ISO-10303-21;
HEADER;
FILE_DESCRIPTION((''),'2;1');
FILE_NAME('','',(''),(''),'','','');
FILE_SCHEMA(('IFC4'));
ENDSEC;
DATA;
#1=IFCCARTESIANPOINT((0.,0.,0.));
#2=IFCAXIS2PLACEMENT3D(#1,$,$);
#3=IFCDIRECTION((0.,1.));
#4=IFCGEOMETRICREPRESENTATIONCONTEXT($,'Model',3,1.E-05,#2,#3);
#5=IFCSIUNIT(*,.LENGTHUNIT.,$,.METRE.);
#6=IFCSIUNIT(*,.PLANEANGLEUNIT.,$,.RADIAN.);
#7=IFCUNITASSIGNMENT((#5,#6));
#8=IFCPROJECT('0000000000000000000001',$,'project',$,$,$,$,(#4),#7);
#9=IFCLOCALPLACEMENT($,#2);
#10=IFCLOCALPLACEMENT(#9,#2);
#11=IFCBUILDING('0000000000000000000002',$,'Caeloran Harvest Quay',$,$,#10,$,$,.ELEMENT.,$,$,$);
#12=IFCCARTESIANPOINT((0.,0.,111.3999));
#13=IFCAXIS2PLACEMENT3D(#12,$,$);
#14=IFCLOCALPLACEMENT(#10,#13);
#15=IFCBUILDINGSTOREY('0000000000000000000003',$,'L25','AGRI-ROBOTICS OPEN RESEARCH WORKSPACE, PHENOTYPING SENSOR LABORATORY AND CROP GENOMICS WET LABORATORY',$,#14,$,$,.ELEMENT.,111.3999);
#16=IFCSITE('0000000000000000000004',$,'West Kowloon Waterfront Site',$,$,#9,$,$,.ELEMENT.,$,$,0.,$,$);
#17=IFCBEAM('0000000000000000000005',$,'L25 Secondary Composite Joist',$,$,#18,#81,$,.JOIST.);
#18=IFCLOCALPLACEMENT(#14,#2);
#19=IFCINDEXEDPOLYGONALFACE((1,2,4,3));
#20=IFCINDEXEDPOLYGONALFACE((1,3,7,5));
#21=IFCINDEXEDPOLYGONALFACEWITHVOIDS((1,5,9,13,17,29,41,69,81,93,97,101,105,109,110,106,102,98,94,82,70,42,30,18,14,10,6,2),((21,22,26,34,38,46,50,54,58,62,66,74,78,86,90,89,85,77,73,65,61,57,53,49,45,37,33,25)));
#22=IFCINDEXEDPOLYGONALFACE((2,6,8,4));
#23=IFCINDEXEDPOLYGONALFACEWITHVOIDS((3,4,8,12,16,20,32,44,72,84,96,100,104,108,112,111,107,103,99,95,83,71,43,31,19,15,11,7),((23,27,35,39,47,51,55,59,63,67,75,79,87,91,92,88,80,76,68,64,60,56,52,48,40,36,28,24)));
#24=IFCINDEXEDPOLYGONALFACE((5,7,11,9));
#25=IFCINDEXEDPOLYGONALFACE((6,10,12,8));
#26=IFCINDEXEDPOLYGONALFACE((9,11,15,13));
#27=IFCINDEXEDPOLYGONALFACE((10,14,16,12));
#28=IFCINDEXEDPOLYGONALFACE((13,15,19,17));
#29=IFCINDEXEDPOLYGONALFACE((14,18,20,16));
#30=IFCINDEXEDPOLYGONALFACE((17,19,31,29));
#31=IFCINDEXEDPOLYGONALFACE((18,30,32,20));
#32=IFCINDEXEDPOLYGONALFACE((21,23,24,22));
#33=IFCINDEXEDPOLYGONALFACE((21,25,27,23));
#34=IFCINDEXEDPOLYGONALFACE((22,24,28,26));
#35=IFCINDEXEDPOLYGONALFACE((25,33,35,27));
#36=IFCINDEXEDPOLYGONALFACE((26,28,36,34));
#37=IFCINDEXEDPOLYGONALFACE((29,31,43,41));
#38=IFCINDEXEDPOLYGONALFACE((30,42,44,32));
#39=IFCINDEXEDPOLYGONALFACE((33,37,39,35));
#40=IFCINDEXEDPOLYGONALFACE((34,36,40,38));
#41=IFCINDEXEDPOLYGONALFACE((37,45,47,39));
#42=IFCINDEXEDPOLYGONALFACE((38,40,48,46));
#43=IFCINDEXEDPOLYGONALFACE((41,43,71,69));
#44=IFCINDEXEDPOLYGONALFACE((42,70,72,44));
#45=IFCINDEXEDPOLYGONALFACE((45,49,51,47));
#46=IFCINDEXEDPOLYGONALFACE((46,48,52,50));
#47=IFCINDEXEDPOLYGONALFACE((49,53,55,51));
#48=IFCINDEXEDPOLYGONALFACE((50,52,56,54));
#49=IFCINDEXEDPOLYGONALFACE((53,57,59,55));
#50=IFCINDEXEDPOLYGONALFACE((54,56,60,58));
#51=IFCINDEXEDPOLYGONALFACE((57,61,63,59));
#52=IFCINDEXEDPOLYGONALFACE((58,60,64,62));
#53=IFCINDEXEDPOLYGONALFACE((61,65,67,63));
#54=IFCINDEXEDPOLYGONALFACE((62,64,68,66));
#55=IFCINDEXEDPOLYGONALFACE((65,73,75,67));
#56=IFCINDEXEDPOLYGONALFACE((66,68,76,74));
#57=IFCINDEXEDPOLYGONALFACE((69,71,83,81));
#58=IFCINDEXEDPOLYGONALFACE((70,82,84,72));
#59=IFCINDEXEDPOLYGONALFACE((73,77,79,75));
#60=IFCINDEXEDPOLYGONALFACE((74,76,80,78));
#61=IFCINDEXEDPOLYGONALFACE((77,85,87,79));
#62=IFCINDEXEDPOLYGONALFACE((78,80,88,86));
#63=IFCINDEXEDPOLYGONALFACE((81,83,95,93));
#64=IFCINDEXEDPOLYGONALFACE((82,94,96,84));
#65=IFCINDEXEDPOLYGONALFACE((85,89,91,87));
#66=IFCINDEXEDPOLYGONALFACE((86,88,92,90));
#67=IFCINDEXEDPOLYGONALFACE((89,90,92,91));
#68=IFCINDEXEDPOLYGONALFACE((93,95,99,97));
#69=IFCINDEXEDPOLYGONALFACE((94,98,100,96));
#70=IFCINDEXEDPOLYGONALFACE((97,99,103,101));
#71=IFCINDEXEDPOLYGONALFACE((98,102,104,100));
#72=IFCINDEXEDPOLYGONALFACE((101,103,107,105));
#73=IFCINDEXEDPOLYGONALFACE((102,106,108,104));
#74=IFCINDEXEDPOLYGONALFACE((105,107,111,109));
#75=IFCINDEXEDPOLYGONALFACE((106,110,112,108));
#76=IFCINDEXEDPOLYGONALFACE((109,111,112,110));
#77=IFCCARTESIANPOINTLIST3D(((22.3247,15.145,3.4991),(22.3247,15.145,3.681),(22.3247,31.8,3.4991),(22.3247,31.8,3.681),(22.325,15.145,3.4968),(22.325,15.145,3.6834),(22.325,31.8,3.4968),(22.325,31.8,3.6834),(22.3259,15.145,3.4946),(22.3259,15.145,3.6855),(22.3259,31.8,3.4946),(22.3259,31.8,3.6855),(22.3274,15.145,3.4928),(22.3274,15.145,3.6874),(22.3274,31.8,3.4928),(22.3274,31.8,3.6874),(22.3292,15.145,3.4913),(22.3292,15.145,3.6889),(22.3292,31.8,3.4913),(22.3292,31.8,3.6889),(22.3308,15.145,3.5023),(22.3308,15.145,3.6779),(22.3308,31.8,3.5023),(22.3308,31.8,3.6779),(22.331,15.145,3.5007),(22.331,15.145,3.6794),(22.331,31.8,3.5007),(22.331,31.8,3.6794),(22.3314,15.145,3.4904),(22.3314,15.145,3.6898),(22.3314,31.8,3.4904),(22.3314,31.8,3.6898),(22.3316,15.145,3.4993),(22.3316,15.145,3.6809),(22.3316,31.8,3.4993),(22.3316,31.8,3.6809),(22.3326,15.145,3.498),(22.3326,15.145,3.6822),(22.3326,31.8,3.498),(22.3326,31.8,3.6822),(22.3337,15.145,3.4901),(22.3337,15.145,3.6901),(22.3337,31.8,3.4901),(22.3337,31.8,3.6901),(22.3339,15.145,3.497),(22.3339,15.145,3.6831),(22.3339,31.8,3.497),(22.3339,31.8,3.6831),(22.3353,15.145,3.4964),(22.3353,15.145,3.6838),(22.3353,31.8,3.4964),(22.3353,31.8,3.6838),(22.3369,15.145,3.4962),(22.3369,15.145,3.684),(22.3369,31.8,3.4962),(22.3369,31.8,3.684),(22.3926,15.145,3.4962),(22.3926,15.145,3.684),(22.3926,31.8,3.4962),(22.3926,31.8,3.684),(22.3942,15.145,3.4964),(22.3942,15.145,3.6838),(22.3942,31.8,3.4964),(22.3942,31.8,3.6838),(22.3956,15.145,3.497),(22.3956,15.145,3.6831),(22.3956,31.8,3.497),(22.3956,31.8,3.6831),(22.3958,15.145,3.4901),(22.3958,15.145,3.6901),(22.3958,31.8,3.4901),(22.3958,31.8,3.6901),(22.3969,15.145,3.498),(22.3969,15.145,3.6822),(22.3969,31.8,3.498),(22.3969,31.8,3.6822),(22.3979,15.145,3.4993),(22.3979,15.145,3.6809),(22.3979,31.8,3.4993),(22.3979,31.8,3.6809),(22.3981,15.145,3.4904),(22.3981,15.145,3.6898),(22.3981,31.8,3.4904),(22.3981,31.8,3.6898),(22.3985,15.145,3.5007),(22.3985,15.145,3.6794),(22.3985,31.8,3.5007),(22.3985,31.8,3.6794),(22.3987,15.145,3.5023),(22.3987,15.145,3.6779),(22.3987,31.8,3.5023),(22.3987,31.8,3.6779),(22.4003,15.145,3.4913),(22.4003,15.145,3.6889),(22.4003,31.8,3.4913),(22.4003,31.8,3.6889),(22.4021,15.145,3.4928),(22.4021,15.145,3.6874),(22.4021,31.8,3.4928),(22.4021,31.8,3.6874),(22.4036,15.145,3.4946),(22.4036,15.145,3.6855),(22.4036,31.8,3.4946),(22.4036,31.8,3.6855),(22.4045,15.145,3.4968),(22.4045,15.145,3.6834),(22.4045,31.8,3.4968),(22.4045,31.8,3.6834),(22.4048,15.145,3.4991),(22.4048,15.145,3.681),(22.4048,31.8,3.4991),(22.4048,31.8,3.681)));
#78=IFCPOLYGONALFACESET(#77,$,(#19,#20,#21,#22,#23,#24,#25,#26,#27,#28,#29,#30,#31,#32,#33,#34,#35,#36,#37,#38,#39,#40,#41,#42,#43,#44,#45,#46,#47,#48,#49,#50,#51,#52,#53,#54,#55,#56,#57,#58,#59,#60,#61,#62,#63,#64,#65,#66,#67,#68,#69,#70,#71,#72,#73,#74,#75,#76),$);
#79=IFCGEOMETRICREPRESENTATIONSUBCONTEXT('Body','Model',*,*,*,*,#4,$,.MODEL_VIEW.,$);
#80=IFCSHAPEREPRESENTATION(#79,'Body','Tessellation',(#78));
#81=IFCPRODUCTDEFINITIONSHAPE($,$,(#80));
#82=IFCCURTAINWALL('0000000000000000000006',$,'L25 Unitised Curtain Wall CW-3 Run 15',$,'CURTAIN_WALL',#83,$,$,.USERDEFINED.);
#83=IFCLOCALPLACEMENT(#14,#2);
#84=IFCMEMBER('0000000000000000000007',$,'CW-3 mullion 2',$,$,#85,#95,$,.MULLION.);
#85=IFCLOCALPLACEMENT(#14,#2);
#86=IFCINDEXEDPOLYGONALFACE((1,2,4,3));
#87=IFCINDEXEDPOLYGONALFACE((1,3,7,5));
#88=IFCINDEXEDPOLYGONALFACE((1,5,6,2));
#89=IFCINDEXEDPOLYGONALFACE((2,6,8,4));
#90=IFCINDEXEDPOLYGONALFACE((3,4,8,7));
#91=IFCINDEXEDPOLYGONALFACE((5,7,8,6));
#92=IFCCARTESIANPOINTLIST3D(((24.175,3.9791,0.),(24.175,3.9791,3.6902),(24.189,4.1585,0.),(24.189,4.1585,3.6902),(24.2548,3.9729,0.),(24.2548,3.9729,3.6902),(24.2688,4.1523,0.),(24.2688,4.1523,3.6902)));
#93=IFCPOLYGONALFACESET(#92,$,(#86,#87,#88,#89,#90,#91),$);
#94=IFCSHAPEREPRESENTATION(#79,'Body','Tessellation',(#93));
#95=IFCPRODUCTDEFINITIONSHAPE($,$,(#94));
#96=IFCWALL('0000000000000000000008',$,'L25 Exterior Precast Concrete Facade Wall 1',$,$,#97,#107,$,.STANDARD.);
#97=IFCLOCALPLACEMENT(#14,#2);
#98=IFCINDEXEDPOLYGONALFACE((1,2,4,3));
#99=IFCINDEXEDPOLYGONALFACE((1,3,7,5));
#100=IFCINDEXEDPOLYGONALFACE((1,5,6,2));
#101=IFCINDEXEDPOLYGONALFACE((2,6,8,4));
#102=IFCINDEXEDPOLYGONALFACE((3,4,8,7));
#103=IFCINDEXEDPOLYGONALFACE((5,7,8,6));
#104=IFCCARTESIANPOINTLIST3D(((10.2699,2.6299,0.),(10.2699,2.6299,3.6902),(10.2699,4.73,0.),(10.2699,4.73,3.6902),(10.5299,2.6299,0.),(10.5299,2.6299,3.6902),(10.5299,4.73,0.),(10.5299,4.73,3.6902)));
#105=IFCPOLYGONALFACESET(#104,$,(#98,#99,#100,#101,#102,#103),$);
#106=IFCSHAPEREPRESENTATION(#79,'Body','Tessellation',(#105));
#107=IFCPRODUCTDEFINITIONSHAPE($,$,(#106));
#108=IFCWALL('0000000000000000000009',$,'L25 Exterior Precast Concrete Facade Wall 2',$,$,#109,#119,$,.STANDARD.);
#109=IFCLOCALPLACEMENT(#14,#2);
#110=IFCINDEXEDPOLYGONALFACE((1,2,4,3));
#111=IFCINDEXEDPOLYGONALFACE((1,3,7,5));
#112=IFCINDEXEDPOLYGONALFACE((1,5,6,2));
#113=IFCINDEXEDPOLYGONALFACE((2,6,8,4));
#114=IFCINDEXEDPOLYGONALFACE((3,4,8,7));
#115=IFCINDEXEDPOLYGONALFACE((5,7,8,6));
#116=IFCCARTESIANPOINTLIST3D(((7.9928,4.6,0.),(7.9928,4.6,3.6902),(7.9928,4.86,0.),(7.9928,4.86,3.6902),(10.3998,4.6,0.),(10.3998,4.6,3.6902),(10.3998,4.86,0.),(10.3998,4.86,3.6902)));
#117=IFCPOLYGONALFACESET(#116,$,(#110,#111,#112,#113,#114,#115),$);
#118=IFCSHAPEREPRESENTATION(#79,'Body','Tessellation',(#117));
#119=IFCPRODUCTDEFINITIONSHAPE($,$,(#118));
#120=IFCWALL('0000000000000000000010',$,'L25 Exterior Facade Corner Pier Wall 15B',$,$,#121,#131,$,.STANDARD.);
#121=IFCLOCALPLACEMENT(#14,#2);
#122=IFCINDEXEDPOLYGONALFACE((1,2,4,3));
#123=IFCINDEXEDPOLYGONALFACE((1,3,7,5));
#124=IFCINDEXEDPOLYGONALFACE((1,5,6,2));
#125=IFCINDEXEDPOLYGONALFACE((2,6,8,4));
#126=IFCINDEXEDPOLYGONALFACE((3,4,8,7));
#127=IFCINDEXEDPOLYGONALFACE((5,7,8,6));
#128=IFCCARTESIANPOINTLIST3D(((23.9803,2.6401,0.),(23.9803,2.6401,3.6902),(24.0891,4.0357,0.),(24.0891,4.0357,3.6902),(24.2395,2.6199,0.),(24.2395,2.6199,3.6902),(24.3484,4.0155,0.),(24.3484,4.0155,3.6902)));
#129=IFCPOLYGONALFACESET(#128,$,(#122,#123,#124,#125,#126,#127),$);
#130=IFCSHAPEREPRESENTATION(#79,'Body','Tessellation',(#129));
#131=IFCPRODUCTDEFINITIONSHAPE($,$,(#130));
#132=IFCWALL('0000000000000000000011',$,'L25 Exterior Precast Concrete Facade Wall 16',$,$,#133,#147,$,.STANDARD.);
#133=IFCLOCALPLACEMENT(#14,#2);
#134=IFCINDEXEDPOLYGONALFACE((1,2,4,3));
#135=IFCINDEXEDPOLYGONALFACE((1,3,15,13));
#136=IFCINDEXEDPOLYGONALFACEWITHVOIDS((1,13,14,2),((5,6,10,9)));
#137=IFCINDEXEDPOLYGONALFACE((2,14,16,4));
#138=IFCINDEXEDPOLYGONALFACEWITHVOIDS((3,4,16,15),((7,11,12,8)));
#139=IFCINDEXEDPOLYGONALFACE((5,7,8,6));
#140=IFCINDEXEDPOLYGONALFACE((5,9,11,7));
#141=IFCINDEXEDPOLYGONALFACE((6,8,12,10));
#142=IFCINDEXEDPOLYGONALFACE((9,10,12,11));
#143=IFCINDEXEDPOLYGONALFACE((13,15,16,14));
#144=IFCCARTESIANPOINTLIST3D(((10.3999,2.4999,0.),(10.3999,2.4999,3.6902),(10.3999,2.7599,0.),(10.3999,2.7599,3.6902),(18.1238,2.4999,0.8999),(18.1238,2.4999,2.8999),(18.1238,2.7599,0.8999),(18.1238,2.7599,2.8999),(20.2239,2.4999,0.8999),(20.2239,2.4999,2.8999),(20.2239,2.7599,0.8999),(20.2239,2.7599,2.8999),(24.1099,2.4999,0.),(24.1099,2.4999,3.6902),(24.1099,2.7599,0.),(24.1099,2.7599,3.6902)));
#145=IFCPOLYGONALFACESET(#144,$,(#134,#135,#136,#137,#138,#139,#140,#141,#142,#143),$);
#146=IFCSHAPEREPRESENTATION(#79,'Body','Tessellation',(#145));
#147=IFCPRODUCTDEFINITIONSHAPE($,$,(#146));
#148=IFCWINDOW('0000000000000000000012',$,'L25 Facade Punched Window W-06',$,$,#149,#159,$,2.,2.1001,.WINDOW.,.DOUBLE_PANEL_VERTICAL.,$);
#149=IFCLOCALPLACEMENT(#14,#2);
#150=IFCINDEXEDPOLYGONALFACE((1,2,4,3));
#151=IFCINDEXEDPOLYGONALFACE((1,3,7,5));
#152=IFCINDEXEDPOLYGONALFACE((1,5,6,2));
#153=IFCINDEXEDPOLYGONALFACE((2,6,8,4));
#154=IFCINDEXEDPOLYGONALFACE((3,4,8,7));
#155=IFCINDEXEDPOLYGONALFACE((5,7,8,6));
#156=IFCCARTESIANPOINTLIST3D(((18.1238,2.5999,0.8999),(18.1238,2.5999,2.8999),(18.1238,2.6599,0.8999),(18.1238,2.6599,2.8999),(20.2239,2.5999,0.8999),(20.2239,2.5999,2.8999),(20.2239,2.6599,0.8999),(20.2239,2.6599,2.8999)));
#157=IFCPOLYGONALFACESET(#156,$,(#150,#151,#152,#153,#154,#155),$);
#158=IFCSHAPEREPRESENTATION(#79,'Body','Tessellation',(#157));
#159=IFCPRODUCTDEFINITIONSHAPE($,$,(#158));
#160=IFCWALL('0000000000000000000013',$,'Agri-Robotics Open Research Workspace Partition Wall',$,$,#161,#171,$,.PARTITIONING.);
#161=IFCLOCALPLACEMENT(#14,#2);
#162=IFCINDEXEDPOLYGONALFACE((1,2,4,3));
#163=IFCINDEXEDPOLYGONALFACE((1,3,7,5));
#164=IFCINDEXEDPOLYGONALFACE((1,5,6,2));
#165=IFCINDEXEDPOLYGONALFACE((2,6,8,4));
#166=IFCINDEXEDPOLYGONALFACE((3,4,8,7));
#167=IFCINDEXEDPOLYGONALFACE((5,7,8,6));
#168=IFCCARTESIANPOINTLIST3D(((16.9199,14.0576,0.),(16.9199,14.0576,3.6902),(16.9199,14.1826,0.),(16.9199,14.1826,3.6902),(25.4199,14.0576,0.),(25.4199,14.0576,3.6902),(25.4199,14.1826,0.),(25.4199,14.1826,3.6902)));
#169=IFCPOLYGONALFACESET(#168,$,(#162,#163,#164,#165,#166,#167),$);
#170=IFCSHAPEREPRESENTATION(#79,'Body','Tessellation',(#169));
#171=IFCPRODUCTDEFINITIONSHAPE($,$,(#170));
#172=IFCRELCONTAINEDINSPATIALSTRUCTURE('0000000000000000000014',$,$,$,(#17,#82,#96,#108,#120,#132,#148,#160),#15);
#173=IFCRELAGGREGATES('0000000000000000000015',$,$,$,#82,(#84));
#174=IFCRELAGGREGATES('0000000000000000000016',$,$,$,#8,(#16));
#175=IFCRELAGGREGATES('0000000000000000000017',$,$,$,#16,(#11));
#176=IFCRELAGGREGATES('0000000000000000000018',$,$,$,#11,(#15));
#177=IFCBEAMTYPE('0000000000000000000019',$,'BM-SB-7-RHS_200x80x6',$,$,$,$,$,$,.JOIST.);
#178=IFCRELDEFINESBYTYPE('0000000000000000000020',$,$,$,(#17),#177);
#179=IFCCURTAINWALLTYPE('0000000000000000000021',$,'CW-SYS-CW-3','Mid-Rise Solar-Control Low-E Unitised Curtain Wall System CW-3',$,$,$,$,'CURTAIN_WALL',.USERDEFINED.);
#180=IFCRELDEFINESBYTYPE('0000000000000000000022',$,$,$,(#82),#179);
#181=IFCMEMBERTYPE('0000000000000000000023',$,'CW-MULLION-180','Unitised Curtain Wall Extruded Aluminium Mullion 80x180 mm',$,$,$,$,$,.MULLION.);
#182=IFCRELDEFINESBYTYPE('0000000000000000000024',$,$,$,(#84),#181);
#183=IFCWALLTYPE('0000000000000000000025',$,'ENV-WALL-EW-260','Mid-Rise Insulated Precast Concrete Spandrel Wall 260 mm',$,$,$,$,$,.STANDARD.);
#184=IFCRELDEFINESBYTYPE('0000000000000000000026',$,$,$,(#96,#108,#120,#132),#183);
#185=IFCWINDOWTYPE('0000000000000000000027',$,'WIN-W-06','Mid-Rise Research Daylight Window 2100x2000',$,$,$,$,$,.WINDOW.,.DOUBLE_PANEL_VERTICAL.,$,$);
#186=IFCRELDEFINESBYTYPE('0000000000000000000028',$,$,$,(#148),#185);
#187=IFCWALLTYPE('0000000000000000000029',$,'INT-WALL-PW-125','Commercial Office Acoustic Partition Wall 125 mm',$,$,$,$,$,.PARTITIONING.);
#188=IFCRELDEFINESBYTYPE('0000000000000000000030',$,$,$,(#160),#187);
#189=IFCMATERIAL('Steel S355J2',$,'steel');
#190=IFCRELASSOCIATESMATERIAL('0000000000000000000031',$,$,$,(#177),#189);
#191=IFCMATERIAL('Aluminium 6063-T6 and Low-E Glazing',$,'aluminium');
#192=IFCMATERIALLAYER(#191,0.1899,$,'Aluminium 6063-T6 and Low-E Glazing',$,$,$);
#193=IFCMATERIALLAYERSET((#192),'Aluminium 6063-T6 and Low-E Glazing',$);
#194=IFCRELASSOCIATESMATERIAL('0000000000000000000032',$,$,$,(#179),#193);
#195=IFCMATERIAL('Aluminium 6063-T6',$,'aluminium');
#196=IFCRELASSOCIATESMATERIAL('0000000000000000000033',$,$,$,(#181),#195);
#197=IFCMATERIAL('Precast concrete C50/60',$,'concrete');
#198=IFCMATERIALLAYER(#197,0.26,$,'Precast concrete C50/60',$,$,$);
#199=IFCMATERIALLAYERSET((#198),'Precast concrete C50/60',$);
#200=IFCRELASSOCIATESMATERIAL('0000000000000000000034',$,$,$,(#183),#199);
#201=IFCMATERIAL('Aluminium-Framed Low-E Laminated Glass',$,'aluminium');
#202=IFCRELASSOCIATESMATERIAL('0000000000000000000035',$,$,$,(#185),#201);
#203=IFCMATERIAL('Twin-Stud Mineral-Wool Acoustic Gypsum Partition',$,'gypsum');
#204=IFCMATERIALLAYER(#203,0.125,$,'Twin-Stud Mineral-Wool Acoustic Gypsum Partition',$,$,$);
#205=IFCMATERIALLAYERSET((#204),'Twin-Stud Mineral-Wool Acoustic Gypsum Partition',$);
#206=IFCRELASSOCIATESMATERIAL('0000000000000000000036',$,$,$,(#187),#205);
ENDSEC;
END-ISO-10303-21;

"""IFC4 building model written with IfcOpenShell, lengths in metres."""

from ifc_helpers import new_model, si_unit, direction, frame, frame_2d, origin, origin_2d, place, context, subcontext, project, spatial, rectangle, hollow_rectangle, extrude, material, layer, layer_set, material_profile, profile_set, type_object, element, fill, aggregate, save


model = new_model("IFC4")

# Units and contexts
model_context = context("Model", 3, precision=1e-05, world=origin(), true_north=direction((0.0, 1.0)))
body_context = subcontext(model_context, "Body", "Model", "MODEL_VIEW")
ifc_project = project(units=[si_unit("LENGTHUNIT", "METRE"), si_unit("PLANEANGLEUNIT", "RADIAN")], contexts=[model_context])

# Site, building, storey
site_placement = place(None, origin())
site = spatial("IfcSite", under=ifc_project, at=site_placement, Name="West Kowloon Waterfront Site", CompositionType="ELEMENT", RefElevation=0.0)
building_placement = place(site_placement, origin())
building = spatial("IfcBuilding", under=site, at=building_placement, Name="Caeloran Harvest Quay", CompositionType="ELEMENT")
storey_placement = place(building_placement, frame((0.0, 0.0, 111.3999)))
storey = spatial("IfcBuildingStorey", under=building, at=storey_placement, Name="L25", Description="AGRI-ROBOTICS OPEN RESEARCH WORKSPACE, PHENOTYPING SENSOR LABORATORY AND CROP GENOMICS WET LABORATORY", CompositionType="ELEMENT", Elevation=111.3999)

# Beam
ifc_material_1 = material(Name="Steel S355J2", Category="steel")
ifc_material_profile_1 = material_profile(ifc_material_1, hollow_rectangle(XDim=0.0801, YDim=0.2, WallThickness=0.0061, InnerFilletRadius=0.0061, OuterFilletRadius=0.009, at=origin_2d()), Name="RHS 200x80x6")
ifc_profile_set_1 = profile_set([ifc_material_profile_1], Name="Steel S355J2")
beam_type_1 = type_object("IfcBeamType", Name="BM-SB-7-RHS_200x80x6", PredefinedType="JOIST", material=ifc_profile_set_1)
for number, where, z_axis, x_axis, name in (
    (1, (22.3647, 15.145, 3.5901), (0.0, 1.0, 0.0), (-1.0, 0.0, 0.0), "L25 Secondary Composite Joist"),
):
    element("IfcBeam", number, at=place(storey_placement, frame(where, z_axis=z_axis, x_axis=x_axis)), inside=storey, type_object=beam_type_1, Name=name, PredefinedType="JOIST", context=body_context, shape_type="SweptSolid", body=[
        extrude(hollow_rectangle(XDim=0.0801, YDim=0.2, WallThickness=0.0061, InnerFilletRadius=0.0061, OuterFilletRadius=0.009, at=origin_2d()), origin(), (0.0, 0.0, 1.0), 16.655),
    ])

# Curtain wall, member
ifc_material_2 = material(Name="Aluminium 6063-T6 and Low-E Glazing", Category="aluminium")
ifc_layer_1 = layer(ifc_material_2, 0.1899, Name="Aluminium 6063-T6 and Low-E Glazing")
ifc_layer_set_1 = layer_set([ifc_layer_1], Name="Aluminium 6063-T6 and Low-E Glazing")
curtain_wall_type = type_object("IfcCurtainWallType", Name="CW-SYS-CW-3", Description="Mid-Rise Solar-Control Low-E Unitised Curtain Wall System CW-3", ElementType="CURTAIN_WALL", PredefinedType="USERDEFINED", material=ifc_layer_set_1)
curtain_wall_placement = place(storey_placement, origin())
curtain_wall = element("IfcCurtainWall", 2, at=curtain_wall_placement, inside=storey, type_object=curtain_wall_type, Name="L25 Unitised Curtain Wall CW-3 Run 15", ObjectType="CURTAIN_WALL", PredefinedType="USERDEFINED")
ifc_material_3 = material(Name="Aluminium 6063-T6", Category="aluminium")
ifc_material_profile_2 = material_profile(ifc_material_3, rectangle(XDim=0.0801, YDim=0.1799, at=origin_2d()), Name="CW-MULLION-180")
ifc_profile_set_2 = profile_set([ifc_material_profile_2], Name="Aluminium 6063-T6")
member_type = type_object("IfcMemberType", Name="CW-MULLION-180", Description="Unitised Curtain Wall Extruded Aluminium Mullion 80x180 mm", PredefinedType="MULLION", material=ifc_profile_set_2)
member_placement = place(storey_placement, frame((24.2219, 4.0657, 0.0), z_axis=(0.0, 0.0, 1.0), x_axis=(0.996967, -0.077822, 0.0)))
member = element("IfcMember", 3, at=member_placement, type_object=member_type, Name="CW-3 mullion 2", PredefinedType="MULLION", context=body_context, shape_type="SweptSolid", body=[
    extrude(rectangle(XDim=0.0801, YDim=0.1799, at=origin_2d()), origin(), (0.0, 0.0, 1.0), 3.6902),
])
aggregate(curtain_wall, [member])

# Walls
ifc_material_4 = material(Name="Precast concrete C50/60", Category="concrete")
ifc_layer_2 = layer(ifc_material_4, 0.26, Name="Precast concrete C50/60")
ifc_layer_set_2 = layer_set([ifc_layer_2], Name="Precast concrete C50/60")
wall_type_1 = type_object("IfcWallType", Name="ENV-WALL-EW-260", Description="Mid-Rise Insulated Precast Concrete Spandrel Wall 260 mm", PredefinedType="STANDARD", material=ifc_layer_set_2)
wall_1_placement = place(storey_placement, frame((10.3999, 2.6299, 0.0), z_axis=(0.0, 0.0, 1.0), x_axis=(0.0, 1.0, 0.0)))
element("IfcWall", 4, at=wall_1_placement, inside=storey, type_object=wall_type_1, Name="L25 Exterior Precast Concrete Facade Wall 1", PredefinedType="STANDARD", context=body_context, shape_type="SweptSolid", body=[
    extrude(rectangle(XDim=2.1001, YDim=0.26, at=frame_2d((1.05, 0.0))), origin(), (0.0, 0.0, 1.0), 3.6902),
])
wall_2_placement = place(storey_placement, frame((10.3999, 4.73, 0.0), z_axis=(0.0, 0.0, 1.0), x_axis=(-1.0, 0.0, 0.0)))
element("IfcWall", 5, at=wall_2_placement, inside=storey, type_object=wall_type_1, Name="L25 Exterior Precast Concrete Facade Wall 2", PredefinedType="STANDARD", context=body_context, shape_type="SweptSolid", body=[
    extrude(rectangle(XDim=2.407, YDim=0.26, at=frame_2d((1.2036, 0.0))), origin(), (0.0, 0.0, 1.0), 3.6902),
])
wall_3_placement = place(storey_placement, frame((24.2188, 4.0256, 0.0), z_axis=(0.0, 0.0, 1.0), x_axis=(-0.077777, -0.996971, 0.0)))
element("IfcWall", 6, at=wall_3_placement, inside=storey, type_object=wall_type_1, Name="L25 Exterior Facade Corner Pier Wall 15B", PredefinedType="STANDARD", context=body_context, shape_type="SweptSolid", body=[
    extrude(rectangle(XDim=1.3999, YDim=0.26, at=frame_2d((0.7, 0.0))), origin(), (0.0, 0.0, 1.0), 3.6902),
])

# Wall, opening, window
wall_4_placement = place(storey_placement, frame((24.1099, 2.6299, 0.0), z_axis=(0.0, 0.0, 1.0), x_axis=(-1.0, 0.0, 0.0)))
wall_4 = element("IfcWall", 7, at=wall_4_placement, inside=storey, type_object=wall_type_1, Name="L25 Exterior Precast Concrete Facade Wall 16", PredefinedType="STANDARD", context=body_context, shape_type="SweptSolid", body=[
    extrude(rectangle(XDim=13.71, YDim=0.26, at=frame_2d((6.855, 0.0))), origin(), (0.0, 0.0, 1.0), 3.6902),
])
opening_placement = place(wall_4_placement, frame((3.886, 0.0, 0.8999)))
opening = element("IfcOpeningElement", 8, at=opening_placement, cuts=wall_4, PredefinedType="OPENING", context=body_context, shape_type="SweptSolid", body=[
    extrude(rectangle(XDim=2.1001, YDim=2.0, at=frame_2d((1.05, 1.0))), frame((0.0, 0.1401, 0.0), z_axis=(0.0, -1.0, 0.0), x_axis=(1.0, 0.0, 0.0)), (0.0, 0.0, 1.0), 0.28),
])
ifc_material_5 = material(Name="Aluminium-Framed Low-E Laminated Glass", Category="aluminium")
window_type = type_object("IfcWindowType", Name="WIN-W-06", Description="Mid-Rise Research Daylight Window 2100x2000", PartitioningType="DOUBLE_PANEL_VERTICAL", PredefinedType="WINDOW", material=ifc_material_5)
window_placement = place(opening_placement, origin())
window = element("IfcWindow", 9, at=window_placement, inside=storey, type_object=window_type, Name="L25 Facade Punched Window W-06", OverallHeight=2.0, OverallWidth=2.1001, PartitioningType="DOUBLE_PANEL_VERTICAL", PredefinedType="WINDOW", context=body_context, shape_type="SweptSolid", body=[
    extrude(rectangle(XDim=2.1001, YDim=2.0, at=frame_2d((1.05, 1.0))), frame((0.0, 0.03, 0.0), z_axis=(0.0, -1.0, 0.0), x_axis=(1.0, 0.0, 0.0)), (0.0, 0.0, 1.0), 0.0601),
])
fill(opening, window)

# Wall
ifc_material_6 = material(Name="Twin-Stud Mineral-Wool Acoustic Gypsum Partition", Category="gypsum")
ifc_layer_3 = layer(ifc_material_6, 0.125, Name="Twin-Stud Mineral-Wool Acoustic Gypsum Partition")
ifc_layer_set_3 = layer_set([ifc_layer_3], Name="Twin-Stud Mineral-Wool Acoustic Gypsum Partition")
wall_type_2 = type_object("IfcWallType", Name="INT-WALL-PW-125", Description="Commercial Office Acoustic Partition Wall 125 mm", PredefinedType="PARTITIONING", material=ifc_layer_set_3)
wall_5_placement = place(storey_placement, frame((16.9199, 14.1201, 0.0), z_axis=(0.0, 0.0, 1.0), x_axis=(1.0, 0.0, 0.0)))
element("IfcWall", 10, at=wall_5_placement, inside=storey, type_object=wall_type_2, Name="Agri-Robotics Open Research Workspace Partition Wall", PredefinedType="PARTITIONING", context=body_context, shape_type="SweptSolid", body=[
    extrude(rectangle(XDim=8.5, YDim=0.125, at=frame_2d((4.25, 0.0))), origin(), (0.0, 0.0, 1.0), 3.6902),
])

save(model, "model.ifc")
